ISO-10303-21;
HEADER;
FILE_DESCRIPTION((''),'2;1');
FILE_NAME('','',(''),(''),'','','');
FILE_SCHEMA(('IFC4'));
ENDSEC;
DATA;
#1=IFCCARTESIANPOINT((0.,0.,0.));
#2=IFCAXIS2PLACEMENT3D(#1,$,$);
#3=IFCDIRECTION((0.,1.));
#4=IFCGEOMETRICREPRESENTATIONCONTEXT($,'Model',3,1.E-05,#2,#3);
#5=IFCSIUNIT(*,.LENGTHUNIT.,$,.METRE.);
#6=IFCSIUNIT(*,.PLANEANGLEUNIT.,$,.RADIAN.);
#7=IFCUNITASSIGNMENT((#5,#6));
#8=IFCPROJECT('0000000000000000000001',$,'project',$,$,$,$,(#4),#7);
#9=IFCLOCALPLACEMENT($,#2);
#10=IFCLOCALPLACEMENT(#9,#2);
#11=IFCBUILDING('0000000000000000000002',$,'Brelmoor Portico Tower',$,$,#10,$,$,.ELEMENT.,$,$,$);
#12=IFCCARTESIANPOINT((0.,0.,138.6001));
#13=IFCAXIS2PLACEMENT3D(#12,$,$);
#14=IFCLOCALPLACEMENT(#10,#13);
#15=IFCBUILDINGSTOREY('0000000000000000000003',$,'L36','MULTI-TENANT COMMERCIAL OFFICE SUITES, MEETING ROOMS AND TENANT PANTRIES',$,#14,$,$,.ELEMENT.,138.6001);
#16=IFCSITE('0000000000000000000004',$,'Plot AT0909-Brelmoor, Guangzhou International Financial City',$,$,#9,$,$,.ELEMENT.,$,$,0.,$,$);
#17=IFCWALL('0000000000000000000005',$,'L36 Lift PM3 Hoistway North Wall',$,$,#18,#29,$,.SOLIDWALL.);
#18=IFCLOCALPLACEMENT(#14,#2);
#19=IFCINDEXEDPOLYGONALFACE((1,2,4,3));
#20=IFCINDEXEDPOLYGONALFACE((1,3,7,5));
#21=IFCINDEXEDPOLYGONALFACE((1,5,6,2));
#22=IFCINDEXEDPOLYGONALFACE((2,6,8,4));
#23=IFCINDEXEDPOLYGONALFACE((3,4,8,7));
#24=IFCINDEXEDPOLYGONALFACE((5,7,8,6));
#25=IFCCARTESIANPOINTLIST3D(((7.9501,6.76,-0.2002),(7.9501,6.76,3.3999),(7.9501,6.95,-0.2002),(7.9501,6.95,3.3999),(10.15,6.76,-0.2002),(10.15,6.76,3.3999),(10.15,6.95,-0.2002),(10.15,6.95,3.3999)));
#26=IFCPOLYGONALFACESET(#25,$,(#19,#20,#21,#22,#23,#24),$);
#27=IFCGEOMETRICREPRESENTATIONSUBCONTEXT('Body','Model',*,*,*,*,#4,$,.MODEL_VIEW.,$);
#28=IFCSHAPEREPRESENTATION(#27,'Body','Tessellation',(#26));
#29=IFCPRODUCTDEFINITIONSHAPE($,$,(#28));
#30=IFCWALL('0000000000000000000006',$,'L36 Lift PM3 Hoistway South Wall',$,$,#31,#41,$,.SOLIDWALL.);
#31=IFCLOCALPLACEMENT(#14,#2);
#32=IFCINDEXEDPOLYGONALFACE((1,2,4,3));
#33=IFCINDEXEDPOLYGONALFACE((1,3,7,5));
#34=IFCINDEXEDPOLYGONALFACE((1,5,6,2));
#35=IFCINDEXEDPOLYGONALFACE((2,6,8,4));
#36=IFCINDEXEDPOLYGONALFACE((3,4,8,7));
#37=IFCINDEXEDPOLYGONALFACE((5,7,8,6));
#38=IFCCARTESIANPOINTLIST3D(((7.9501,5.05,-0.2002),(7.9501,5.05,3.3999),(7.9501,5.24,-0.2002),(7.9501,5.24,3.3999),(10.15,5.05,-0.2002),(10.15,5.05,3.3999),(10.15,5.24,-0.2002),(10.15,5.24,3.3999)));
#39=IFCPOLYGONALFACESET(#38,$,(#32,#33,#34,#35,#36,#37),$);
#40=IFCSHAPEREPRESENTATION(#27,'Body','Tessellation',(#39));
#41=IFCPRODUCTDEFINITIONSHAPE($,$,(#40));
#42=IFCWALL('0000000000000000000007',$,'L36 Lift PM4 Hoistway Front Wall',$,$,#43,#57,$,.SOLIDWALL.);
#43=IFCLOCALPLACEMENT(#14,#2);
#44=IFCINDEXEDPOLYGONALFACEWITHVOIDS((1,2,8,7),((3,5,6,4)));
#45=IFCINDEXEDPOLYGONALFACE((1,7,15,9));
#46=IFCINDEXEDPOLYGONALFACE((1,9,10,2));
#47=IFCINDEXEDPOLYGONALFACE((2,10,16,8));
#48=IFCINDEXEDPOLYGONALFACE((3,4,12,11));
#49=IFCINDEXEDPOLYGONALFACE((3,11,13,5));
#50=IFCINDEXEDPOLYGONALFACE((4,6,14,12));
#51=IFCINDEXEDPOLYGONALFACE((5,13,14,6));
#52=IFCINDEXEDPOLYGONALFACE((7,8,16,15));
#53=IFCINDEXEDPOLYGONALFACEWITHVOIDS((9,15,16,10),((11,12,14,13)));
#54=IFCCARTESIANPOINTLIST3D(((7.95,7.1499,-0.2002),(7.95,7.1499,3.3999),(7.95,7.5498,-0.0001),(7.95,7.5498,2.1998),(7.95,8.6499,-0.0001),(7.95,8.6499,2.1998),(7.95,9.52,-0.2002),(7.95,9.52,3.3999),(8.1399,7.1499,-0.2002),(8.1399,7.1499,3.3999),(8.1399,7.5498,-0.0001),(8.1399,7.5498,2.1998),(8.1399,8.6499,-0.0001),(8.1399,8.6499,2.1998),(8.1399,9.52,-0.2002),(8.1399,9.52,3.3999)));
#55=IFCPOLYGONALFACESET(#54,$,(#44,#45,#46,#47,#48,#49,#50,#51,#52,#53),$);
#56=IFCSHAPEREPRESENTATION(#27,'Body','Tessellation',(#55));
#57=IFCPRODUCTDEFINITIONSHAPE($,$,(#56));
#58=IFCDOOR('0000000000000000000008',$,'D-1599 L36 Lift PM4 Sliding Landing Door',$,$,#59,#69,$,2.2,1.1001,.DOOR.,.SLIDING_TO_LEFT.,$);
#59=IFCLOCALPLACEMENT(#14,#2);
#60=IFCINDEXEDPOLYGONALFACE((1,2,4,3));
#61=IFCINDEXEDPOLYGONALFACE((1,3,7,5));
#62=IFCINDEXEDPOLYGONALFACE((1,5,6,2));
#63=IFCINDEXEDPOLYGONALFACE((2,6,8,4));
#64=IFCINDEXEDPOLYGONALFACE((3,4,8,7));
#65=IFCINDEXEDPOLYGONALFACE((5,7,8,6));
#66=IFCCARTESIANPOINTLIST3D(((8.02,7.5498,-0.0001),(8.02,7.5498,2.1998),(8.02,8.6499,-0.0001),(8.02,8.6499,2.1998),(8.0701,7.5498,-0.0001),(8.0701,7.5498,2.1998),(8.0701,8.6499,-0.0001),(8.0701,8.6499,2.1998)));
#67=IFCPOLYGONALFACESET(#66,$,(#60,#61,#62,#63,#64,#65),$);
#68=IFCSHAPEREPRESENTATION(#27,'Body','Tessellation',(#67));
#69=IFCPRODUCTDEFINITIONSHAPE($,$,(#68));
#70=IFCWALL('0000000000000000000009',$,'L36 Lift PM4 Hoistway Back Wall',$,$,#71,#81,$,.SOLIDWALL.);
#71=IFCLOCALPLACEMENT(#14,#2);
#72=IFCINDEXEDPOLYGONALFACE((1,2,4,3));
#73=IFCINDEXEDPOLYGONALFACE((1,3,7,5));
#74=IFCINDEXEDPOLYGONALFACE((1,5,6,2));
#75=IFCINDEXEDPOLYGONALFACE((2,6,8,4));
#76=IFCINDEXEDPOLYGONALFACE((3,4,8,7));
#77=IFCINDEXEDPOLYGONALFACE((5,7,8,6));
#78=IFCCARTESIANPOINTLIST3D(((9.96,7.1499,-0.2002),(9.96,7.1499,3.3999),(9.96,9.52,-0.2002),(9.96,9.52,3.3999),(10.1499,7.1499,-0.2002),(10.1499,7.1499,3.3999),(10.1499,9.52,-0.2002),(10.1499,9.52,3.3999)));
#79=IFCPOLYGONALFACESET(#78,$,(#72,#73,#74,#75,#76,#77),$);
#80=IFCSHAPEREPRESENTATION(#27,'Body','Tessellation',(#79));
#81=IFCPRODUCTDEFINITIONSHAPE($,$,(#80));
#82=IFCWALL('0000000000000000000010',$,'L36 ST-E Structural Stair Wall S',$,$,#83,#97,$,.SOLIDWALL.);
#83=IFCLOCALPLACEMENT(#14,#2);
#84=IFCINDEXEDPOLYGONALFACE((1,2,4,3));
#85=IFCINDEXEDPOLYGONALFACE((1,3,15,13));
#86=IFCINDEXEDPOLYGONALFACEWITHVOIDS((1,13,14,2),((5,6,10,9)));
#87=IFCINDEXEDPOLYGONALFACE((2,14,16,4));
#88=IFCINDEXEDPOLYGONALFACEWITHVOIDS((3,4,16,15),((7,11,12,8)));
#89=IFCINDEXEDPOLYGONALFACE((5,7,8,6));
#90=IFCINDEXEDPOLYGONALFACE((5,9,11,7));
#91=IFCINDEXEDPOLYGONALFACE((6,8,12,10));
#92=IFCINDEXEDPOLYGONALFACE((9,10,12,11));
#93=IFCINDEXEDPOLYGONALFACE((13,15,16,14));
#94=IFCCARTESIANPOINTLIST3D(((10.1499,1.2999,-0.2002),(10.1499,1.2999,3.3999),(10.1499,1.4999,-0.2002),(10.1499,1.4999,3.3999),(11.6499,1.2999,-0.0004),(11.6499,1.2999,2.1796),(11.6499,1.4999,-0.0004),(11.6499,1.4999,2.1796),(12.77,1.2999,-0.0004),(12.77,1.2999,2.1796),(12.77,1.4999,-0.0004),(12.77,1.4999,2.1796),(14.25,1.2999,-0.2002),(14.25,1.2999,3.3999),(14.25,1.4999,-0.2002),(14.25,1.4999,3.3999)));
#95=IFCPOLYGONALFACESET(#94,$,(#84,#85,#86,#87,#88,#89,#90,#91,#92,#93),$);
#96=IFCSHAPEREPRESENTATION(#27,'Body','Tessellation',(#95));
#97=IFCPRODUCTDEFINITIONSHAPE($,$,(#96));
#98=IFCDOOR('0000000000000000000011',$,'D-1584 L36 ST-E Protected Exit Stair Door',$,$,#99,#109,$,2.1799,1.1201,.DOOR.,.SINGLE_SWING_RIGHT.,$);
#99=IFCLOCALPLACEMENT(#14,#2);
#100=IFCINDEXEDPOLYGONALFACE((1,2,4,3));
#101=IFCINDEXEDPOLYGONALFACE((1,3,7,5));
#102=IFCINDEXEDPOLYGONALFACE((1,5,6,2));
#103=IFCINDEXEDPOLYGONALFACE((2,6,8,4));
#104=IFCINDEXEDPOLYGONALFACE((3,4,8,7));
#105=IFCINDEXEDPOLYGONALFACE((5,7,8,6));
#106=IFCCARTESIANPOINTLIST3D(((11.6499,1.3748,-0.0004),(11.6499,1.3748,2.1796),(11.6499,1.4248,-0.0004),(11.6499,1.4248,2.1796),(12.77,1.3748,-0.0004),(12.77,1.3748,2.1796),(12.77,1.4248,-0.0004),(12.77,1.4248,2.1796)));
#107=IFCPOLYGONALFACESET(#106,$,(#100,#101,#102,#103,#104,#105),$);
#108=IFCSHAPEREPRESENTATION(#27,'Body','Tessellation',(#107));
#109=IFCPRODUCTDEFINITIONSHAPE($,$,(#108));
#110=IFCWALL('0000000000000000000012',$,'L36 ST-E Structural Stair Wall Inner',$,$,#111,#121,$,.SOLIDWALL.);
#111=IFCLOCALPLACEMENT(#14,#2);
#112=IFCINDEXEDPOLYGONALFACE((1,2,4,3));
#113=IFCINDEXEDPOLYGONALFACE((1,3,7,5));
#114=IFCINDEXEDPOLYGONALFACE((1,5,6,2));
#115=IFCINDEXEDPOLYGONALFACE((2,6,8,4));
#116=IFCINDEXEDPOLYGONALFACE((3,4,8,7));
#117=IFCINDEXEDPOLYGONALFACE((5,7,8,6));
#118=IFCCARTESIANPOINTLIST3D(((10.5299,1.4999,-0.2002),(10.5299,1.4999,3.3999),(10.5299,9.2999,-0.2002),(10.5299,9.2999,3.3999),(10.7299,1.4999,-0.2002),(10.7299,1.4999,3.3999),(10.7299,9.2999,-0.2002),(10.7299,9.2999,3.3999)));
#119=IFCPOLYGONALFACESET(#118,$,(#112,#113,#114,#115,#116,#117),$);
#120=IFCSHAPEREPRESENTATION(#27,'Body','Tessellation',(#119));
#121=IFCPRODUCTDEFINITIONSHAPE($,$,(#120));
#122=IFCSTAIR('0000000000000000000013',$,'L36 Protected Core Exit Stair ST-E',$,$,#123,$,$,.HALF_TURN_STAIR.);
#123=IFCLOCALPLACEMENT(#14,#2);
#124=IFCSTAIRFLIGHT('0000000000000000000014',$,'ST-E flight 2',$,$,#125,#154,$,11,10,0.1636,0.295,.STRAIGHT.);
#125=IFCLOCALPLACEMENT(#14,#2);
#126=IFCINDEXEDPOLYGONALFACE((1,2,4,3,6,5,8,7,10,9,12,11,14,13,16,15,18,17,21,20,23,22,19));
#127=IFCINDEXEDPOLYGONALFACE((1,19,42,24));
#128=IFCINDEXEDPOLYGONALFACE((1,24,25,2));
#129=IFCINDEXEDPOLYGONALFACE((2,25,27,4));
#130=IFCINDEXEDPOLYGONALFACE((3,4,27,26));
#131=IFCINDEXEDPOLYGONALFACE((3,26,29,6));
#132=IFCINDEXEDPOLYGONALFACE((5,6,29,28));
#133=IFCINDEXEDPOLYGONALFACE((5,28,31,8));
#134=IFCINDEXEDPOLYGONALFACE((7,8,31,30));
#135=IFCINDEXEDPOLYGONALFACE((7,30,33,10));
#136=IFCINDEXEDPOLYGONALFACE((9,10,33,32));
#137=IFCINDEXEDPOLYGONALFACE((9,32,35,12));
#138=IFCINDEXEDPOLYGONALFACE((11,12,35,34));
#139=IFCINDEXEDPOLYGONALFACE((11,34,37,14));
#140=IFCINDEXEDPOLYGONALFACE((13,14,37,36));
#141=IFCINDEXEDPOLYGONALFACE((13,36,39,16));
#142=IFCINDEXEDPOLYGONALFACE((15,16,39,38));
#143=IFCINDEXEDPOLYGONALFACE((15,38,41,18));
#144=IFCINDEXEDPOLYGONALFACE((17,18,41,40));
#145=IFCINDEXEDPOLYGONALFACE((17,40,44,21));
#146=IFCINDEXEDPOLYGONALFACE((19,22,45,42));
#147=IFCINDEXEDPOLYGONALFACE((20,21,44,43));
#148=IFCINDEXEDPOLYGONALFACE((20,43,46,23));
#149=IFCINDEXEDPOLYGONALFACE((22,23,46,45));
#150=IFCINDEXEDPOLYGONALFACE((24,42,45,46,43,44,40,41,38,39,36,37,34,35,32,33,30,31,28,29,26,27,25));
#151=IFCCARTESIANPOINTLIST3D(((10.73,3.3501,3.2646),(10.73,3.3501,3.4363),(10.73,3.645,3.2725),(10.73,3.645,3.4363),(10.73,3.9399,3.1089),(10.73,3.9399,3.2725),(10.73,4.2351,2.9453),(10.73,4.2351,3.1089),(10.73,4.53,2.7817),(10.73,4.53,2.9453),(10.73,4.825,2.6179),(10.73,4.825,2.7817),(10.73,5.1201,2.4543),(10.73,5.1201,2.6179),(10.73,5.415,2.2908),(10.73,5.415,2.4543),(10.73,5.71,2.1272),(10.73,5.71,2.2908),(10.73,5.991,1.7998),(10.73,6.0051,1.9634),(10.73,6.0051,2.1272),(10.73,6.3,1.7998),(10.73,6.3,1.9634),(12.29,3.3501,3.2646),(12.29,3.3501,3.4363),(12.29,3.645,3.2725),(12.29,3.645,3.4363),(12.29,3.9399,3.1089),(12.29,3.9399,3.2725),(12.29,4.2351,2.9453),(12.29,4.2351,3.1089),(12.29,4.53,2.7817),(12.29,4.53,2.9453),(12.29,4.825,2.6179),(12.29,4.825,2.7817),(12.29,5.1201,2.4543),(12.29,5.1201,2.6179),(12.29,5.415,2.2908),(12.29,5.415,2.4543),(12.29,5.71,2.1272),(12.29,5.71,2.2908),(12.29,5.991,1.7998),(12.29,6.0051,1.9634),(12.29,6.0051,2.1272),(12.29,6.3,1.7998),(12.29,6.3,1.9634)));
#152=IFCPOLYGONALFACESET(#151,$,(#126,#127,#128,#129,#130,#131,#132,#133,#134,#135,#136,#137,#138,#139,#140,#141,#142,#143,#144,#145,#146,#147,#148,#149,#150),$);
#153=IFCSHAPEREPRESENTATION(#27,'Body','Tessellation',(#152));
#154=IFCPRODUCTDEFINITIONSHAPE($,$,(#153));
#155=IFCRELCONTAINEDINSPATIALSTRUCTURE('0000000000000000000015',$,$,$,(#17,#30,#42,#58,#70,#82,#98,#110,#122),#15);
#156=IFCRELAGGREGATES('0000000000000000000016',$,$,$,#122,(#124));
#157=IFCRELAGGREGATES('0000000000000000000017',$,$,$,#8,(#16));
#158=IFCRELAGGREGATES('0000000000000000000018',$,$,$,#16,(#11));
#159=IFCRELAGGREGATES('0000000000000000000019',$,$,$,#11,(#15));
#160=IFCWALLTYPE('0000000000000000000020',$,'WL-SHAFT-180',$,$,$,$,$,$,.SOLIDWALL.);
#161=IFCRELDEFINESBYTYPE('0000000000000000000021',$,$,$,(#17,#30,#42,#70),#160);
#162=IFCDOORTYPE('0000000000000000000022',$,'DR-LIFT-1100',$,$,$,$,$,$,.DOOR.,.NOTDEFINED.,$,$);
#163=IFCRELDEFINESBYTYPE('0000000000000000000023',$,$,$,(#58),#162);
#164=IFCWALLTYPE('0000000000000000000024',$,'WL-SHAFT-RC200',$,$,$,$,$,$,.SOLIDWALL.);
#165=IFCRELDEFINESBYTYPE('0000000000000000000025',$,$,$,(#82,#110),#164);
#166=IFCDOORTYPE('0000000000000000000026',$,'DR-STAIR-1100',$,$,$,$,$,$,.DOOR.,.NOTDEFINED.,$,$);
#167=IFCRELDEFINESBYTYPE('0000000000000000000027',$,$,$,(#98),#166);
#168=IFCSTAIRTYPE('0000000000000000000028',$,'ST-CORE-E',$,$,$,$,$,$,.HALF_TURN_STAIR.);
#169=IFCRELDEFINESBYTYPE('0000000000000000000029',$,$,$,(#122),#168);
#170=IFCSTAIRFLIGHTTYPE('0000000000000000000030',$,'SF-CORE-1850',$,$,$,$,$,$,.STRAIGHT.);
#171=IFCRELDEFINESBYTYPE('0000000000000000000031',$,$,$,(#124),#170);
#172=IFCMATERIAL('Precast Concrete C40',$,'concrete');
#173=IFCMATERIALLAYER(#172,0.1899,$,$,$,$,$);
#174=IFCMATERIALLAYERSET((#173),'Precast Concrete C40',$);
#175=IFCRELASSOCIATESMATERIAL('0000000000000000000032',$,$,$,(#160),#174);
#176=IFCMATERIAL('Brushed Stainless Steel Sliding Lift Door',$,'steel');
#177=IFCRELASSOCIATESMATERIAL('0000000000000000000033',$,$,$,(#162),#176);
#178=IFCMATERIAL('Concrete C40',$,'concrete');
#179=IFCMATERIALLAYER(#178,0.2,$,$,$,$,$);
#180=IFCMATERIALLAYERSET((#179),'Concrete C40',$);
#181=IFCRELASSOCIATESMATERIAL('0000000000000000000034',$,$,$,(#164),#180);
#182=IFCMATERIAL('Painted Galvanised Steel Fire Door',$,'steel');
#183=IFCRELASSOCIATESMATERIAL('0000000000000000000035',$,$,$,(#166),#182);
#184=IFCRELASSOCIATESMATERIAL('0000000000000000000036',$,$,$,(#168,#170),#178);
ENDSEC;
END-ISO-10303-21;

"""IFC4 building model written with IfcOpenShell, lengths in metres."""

from ifc_helpers import new_model, si_unit, direction, frame, frame_2d, origin, place, context, subcontext, project, spatial, polyline, rectangle, outline, extrude, material, layer, layer_set, type_object, element, fill, aggregate, save


model = new_model("IFC4")

# Units and contexts
model_context = context("Model", 3, precision=1e-05, world=origin(), true_north=direction((0.0, 1.0)))
body_context = subcontext(model_context, "Body", "Model", "MODEL_VIEW")
ifc_project = project(units=[si_unit("LENGTHUNIT", "METRE"), si_unit("PLANEANGLEUNIT", "RADIAN")], contexts=[model_context])

# Site, building, storey
site_placement = place(None, origin())
site = spatial("IfcSite", under=ifc_project, at=site_placement, Name="Plot AT0909-Brelmoor, Guangzhou International Financial City", CompositionType="ELEMENT", RefElevation=0.0)
building_placement = place(site_placement, origin())
building = spatial("IfcBuilding", under=site, at=building_placement, Name="Brelmoor Portico Tower", CompositionType="ELEMENT")
storey_placement = place(building_placement, frame((0.0, 0.0, 138.6001)))
storey = spatial("IfcBuildingStorey", under=building, at=storey_placement, Name="L36", Description="MULTI-TENANT COMMERCIAL OFFICE SUITES, MEETING ROOMS AND TENANT PANTRIES", CompositionType="ELEMENT", Elevation=138.6001)

# Shared definitions
ifc_material_1 = material(Name="Precast Concrete C40", Category="concrete")
ifc_layer_1 = layer(ifc_material_1, 0.1899)
ifc_layer_set_1 = layer_set([ifc_layer_1], Name="Precast Concrete C40")
wall_type_1 = type_object("IfcWallType", Name="WL-SHAFT-180", PredefinedType="SOLIDWALL", material=ifc_layer_set_1)
ifc_material_2 = material(Name="Brushed Stainless Steel Sliding Lift Door", Category="steel")
door_type_1 = type_object("IfcDoorType", Name="DR-LIFT-1100", OperationType="NOTDEFINED", PredefinedType="DOOR", material=ifc_material_2)

# Walls
for number, where, z_axis, x_axis, name in (
    (1, (7.95, 6.855, -0.2002), (0.0, 0.0, 1.0), (1.0, 0.0, 0.0), "L36 Lift PM3 Hoistway North Wall"),
    (2, (7.95, 5.145, -0.2002), (0.0, 0.0, 1.0), (1.0, 0.0, 0.0), "L36 Lift PM3 Hoistway South Wall"),
):
    element("IfcWall", number, at=place(storey_placement, frame(where, z_axis=z_axis, x_axis=x_axis)), inside=storey, type_object=wall_type_1, Name=name, PredefinedType="SOLIDWALL", context=body_context, shape_type="SweptSolid", body=[
        extrude(rectangle(XDim=2.2, YDim=0.1899, at=frame_2d((1.1001, 0.0))), origin(), (0.0, 0.0, 1.0), 3.6001),
    ])

# Wall, opening, door
wall_1_placement = place(storey_placement, frame((8.0449, 7.1499, -0.2002), z_axis=(0.0, 0.0, 1.0), x_axis=(0.0, 1.0, 0.0)))
wall_1 = element("IfcWall", 3, at=wall_1_placement, inside=storey, type_object=wall_type_1, Name="L36 Lift PM4 Hoistway Front Wall", PredefinedType="SOLIDWALL", context=body_context, shape_type="SweptSolid", body=[
    extrude(rectangle(XDim=2.3701, YDim=0.1899, at=frame_2d((1.1851, 0.0))), origin(), (0.0, 0.0, 1.0), 3.6001),
])
opening_1_placement = place(wall_1_placement, frame((0.3999, 0.0, 0.2)))
opening_1 = element("IfcOpeningElement", 4, at=opening_1_placement, cuts=wall_1, PredefinedType="OPENING", context=body_context, shape_type="SweptSolid", body=[
    extrude(rectangle(XDim=1.1001, YDim=2.2, at=frame_2d((0.55, 1.1001))), frame((0.0, 0.105, 0.0), z_axis=(0.0, -1.0, 0.0), x_axis=(1.0, 0.0, 0.0)), (0.0, 0.0, 1.0), 0.21),
])
door_1_placement = place(opening_1_placement, origin())
door_1 = element("IfcDoor", 5, at=door_1_placement, inside=storey, type_object=door_type_1, Name="D-1599 L36 Lift PM4 Sliding Landing Door", OperationType="SLIDING_TO_LEFT", OverallHeight=2.2, OverallWidth=1.1001, PredefinedType="DOOR", context=body_context, shape_type="SweptSolid", body=[
    extrude(rectangle(XDim=1.1001, YDim=2.2, at=frame_2d((0.55, 1.1001))), frame((0.0, 0.0249, 0.0), z_axis=(0.0, -1.0, 0.0), x_axis=(1.0, 0.0, 0.0)), (0.0, 0.0, 1.0), 0.05),
])
fill(opening_1, door_1)

# Wall
wall_2_placement = place(storey_placement, frame((10.0549, 7.1499, -0.2002), z_axis=(0.0, 0.0, 1.0), x_axis=(0.0, 1.0, 0.0)))
element("IfcWall", 6, at=wall_2_placement, inside=storey, type_object=wall_type_1, Name="L36 Lift PM4 Hoistway Back Wall", PredefinedType="SOLIDWALL", context=body_context, shape_type="SweptSolid", body=[
    extrude(rectangle(XDim=2.3701, YDim=0.1899, at=frame_2d((1.1851, 0.0))), origin(), (0.0, 0.0, 1.0), 3.6001),
])

# Wall, opening, door
ifc_material_3 = material(Name="Concrete C40", Category="concrete")
ifc_layer_2 = layer(ifc_material_3, 0.2)
ifc_layer_set_2 = layer_set([ifc_layer_2], Name="Concrete C40")
wall_type_2 = type_object("IfcWallType", Name="WL-SHAFT-RC200", PredefinedType="SOLIDWALL", material=ifc_layer_set_2)
wall_3_placement = place(storey_placement, frame((10.1499, 1.3999, -0.2002), z_axis=(0.0, 0.0, 1.0), x_axis=(1.0, 0.0, 0.0)))
wall_3 = element("IfcWall", 7, at=wall_3_placement, inside=storey, type_object=wall_type_2, Name="L36 ST-E Structural Stair Wall S", PredefinedType="SOLIDWALL", context=body_context, shape_type="SweptSolid", body=[
    extrude(rectangle(XDim=4.1001, YDim=0.2, at=frame_2d((2.05, 0.0))), origin(), (0.0, 0.0, 1.0), 3.6001),
])
opening_2_placement = place(wall_3_placement, frame((1.5, 0.0, 0.2)))
opening_2 = element("IfcOpeningElement", 8, at=opening_2_placement, cuts=wall_3, PredefinedType="OPENING", context=body_context, shape_type="SweptSolid", body=[
    extrude(rectangle(XDim=1.1201, YDim=2.1799, at=frame_2d((0.5601, 1.0898))), frame((0.0, 0.1099, 0.0), z_axis=(0.0, -1.0, 0.0), x_axis=(1.0, 0.0, 0.0)), (0.0, 0.0, 1.0), 0.22),
])
ifc_material_4 = material(Name="Painted Galvanised Steel Fire Door", Category="steel")
door_type_2 = type_object("IfcDoorType", Name="DR-STAIR-1100", OperationType="NOTDEFINED", PredefinedType="DOOR", material=ifc_material_4)
door_2_placement = place(opening_2_placement, origin())
door_2 = element("IfcDoor", 9, at=door_2_placement, inside=storey, type_object=door_type_2, Name="D-1584 L36 ST-E Protected Exit Stair Door", OperationType="SINGLE_SWING_RIGHT", OverallHeight=2.1799, OverallWidth=1.1201, PredefinedType="DOOR", context=body_context, shape_type="SweptSolid", body=[
    extrude(rectangle(XDim=1.1201, YDim=2.1799, at=frame_2d((0.5601, 1.0898))), frame((0.0, 0.0249, 0.0), z_axis=(0.0, -1.0, 0.0), x_axis=(1.0, 0.0, 0.0)), (0.0, 0.0, 1.0), 0.05),
])
fill(opening_2, door_2)

# Wall
wall_4_placement = place(storey_placement, frame((10.6299, 1.5, -0.2002), z_axis=(0.0, 0.0, 1.0), x_axis=(0.0, 1.0, 0.0)))
element("IfcWall", 10, at=wall_4_placement, inside=storey, type_object=wall_type_2, Name="L36 ST-E Structural Stair Wall Inner", PredefinedType="SOLIDWALL", context=body_context, shape_type="SweptSolid", body=[
    extrude(rectangle(XDim=7.8, YDim=0.2, at=frame_2d((3.8999, 0.0))), origin(), (0.0, 0.0, 1.0), 3.6001),
])

# Stair, stair flight
stair_type = type_object("IfcStairType", Name="ST-CORE-E", PredefinedType="HALF_TURN_STAIR", material=ifc_material_3)
stair_placement = place(storey_placement, origin())
stair = element("IfcStair", 11, at=stair_placement, inside=storey, type_object=stair_type, Name="L36 Protected Core Exit Stair ST-E", PredefinedType="HALF_TURN_STAIR")
stair_flight_type = type_object("IfcStairFlightType", Name="SF-CORE-1850", PredefinedType="STRAIGHT", material=ifc_material_3)
stair_flight_placement = place(storey_placement, frame((11.51, 6.3, 1.7998), z_axis=(0.0, 0.0, 1.0), x_axis=(0.0, -1.0, 0.0)))
stair_flight = element("IfcStairFlight", 12, at=stair_flight_placement, type_object=stair_flight_type, Name="ST-E flight 2", NumberOfRisers=11, NumberOfTreads=10, PredefinedType="STRAIGHT", RiserHeight=0.1636, TreadLength=0.295, context=body_context, shape_type="SweptSolid", body=[
    extrude(outline(polyline([(0.0, 0.0), (0.0, 0.1636), (0.2949, 0.1636), (0.2949, 0.3274), (0.5901, 0.3274), (0.5901, 0.491), (0.885, 0.491), (0.885, 0.6545), (1.1799, 0.6545), (1.1799, 0.8181), (1.4751, 0.8181), (1.4751, 0.9819), (1.77, 0.9819), (1.77, 1.1455), (2.0649, 1.1455), (2.0649, 1.3091), (2.3601, 1.3091), (2.3601, 1.4727), (2.655, 1.4727), (2.655, 1.6365), (2.95, 1.6365), (2.95, 1.8), (2.95, 1.4648), (0.3091, 0.0), (0.0, 0.0)])), frame((0.0, 0.78, 0.0), z_axis=(0.0, -1.0, 0.0), x_axis=(1.0, 0.0, 0.0)), (0.0, 0.0, 1.0), 1.5601),
])
aggregate(stair, [stair_flight])

save(model, "model.ifc")
